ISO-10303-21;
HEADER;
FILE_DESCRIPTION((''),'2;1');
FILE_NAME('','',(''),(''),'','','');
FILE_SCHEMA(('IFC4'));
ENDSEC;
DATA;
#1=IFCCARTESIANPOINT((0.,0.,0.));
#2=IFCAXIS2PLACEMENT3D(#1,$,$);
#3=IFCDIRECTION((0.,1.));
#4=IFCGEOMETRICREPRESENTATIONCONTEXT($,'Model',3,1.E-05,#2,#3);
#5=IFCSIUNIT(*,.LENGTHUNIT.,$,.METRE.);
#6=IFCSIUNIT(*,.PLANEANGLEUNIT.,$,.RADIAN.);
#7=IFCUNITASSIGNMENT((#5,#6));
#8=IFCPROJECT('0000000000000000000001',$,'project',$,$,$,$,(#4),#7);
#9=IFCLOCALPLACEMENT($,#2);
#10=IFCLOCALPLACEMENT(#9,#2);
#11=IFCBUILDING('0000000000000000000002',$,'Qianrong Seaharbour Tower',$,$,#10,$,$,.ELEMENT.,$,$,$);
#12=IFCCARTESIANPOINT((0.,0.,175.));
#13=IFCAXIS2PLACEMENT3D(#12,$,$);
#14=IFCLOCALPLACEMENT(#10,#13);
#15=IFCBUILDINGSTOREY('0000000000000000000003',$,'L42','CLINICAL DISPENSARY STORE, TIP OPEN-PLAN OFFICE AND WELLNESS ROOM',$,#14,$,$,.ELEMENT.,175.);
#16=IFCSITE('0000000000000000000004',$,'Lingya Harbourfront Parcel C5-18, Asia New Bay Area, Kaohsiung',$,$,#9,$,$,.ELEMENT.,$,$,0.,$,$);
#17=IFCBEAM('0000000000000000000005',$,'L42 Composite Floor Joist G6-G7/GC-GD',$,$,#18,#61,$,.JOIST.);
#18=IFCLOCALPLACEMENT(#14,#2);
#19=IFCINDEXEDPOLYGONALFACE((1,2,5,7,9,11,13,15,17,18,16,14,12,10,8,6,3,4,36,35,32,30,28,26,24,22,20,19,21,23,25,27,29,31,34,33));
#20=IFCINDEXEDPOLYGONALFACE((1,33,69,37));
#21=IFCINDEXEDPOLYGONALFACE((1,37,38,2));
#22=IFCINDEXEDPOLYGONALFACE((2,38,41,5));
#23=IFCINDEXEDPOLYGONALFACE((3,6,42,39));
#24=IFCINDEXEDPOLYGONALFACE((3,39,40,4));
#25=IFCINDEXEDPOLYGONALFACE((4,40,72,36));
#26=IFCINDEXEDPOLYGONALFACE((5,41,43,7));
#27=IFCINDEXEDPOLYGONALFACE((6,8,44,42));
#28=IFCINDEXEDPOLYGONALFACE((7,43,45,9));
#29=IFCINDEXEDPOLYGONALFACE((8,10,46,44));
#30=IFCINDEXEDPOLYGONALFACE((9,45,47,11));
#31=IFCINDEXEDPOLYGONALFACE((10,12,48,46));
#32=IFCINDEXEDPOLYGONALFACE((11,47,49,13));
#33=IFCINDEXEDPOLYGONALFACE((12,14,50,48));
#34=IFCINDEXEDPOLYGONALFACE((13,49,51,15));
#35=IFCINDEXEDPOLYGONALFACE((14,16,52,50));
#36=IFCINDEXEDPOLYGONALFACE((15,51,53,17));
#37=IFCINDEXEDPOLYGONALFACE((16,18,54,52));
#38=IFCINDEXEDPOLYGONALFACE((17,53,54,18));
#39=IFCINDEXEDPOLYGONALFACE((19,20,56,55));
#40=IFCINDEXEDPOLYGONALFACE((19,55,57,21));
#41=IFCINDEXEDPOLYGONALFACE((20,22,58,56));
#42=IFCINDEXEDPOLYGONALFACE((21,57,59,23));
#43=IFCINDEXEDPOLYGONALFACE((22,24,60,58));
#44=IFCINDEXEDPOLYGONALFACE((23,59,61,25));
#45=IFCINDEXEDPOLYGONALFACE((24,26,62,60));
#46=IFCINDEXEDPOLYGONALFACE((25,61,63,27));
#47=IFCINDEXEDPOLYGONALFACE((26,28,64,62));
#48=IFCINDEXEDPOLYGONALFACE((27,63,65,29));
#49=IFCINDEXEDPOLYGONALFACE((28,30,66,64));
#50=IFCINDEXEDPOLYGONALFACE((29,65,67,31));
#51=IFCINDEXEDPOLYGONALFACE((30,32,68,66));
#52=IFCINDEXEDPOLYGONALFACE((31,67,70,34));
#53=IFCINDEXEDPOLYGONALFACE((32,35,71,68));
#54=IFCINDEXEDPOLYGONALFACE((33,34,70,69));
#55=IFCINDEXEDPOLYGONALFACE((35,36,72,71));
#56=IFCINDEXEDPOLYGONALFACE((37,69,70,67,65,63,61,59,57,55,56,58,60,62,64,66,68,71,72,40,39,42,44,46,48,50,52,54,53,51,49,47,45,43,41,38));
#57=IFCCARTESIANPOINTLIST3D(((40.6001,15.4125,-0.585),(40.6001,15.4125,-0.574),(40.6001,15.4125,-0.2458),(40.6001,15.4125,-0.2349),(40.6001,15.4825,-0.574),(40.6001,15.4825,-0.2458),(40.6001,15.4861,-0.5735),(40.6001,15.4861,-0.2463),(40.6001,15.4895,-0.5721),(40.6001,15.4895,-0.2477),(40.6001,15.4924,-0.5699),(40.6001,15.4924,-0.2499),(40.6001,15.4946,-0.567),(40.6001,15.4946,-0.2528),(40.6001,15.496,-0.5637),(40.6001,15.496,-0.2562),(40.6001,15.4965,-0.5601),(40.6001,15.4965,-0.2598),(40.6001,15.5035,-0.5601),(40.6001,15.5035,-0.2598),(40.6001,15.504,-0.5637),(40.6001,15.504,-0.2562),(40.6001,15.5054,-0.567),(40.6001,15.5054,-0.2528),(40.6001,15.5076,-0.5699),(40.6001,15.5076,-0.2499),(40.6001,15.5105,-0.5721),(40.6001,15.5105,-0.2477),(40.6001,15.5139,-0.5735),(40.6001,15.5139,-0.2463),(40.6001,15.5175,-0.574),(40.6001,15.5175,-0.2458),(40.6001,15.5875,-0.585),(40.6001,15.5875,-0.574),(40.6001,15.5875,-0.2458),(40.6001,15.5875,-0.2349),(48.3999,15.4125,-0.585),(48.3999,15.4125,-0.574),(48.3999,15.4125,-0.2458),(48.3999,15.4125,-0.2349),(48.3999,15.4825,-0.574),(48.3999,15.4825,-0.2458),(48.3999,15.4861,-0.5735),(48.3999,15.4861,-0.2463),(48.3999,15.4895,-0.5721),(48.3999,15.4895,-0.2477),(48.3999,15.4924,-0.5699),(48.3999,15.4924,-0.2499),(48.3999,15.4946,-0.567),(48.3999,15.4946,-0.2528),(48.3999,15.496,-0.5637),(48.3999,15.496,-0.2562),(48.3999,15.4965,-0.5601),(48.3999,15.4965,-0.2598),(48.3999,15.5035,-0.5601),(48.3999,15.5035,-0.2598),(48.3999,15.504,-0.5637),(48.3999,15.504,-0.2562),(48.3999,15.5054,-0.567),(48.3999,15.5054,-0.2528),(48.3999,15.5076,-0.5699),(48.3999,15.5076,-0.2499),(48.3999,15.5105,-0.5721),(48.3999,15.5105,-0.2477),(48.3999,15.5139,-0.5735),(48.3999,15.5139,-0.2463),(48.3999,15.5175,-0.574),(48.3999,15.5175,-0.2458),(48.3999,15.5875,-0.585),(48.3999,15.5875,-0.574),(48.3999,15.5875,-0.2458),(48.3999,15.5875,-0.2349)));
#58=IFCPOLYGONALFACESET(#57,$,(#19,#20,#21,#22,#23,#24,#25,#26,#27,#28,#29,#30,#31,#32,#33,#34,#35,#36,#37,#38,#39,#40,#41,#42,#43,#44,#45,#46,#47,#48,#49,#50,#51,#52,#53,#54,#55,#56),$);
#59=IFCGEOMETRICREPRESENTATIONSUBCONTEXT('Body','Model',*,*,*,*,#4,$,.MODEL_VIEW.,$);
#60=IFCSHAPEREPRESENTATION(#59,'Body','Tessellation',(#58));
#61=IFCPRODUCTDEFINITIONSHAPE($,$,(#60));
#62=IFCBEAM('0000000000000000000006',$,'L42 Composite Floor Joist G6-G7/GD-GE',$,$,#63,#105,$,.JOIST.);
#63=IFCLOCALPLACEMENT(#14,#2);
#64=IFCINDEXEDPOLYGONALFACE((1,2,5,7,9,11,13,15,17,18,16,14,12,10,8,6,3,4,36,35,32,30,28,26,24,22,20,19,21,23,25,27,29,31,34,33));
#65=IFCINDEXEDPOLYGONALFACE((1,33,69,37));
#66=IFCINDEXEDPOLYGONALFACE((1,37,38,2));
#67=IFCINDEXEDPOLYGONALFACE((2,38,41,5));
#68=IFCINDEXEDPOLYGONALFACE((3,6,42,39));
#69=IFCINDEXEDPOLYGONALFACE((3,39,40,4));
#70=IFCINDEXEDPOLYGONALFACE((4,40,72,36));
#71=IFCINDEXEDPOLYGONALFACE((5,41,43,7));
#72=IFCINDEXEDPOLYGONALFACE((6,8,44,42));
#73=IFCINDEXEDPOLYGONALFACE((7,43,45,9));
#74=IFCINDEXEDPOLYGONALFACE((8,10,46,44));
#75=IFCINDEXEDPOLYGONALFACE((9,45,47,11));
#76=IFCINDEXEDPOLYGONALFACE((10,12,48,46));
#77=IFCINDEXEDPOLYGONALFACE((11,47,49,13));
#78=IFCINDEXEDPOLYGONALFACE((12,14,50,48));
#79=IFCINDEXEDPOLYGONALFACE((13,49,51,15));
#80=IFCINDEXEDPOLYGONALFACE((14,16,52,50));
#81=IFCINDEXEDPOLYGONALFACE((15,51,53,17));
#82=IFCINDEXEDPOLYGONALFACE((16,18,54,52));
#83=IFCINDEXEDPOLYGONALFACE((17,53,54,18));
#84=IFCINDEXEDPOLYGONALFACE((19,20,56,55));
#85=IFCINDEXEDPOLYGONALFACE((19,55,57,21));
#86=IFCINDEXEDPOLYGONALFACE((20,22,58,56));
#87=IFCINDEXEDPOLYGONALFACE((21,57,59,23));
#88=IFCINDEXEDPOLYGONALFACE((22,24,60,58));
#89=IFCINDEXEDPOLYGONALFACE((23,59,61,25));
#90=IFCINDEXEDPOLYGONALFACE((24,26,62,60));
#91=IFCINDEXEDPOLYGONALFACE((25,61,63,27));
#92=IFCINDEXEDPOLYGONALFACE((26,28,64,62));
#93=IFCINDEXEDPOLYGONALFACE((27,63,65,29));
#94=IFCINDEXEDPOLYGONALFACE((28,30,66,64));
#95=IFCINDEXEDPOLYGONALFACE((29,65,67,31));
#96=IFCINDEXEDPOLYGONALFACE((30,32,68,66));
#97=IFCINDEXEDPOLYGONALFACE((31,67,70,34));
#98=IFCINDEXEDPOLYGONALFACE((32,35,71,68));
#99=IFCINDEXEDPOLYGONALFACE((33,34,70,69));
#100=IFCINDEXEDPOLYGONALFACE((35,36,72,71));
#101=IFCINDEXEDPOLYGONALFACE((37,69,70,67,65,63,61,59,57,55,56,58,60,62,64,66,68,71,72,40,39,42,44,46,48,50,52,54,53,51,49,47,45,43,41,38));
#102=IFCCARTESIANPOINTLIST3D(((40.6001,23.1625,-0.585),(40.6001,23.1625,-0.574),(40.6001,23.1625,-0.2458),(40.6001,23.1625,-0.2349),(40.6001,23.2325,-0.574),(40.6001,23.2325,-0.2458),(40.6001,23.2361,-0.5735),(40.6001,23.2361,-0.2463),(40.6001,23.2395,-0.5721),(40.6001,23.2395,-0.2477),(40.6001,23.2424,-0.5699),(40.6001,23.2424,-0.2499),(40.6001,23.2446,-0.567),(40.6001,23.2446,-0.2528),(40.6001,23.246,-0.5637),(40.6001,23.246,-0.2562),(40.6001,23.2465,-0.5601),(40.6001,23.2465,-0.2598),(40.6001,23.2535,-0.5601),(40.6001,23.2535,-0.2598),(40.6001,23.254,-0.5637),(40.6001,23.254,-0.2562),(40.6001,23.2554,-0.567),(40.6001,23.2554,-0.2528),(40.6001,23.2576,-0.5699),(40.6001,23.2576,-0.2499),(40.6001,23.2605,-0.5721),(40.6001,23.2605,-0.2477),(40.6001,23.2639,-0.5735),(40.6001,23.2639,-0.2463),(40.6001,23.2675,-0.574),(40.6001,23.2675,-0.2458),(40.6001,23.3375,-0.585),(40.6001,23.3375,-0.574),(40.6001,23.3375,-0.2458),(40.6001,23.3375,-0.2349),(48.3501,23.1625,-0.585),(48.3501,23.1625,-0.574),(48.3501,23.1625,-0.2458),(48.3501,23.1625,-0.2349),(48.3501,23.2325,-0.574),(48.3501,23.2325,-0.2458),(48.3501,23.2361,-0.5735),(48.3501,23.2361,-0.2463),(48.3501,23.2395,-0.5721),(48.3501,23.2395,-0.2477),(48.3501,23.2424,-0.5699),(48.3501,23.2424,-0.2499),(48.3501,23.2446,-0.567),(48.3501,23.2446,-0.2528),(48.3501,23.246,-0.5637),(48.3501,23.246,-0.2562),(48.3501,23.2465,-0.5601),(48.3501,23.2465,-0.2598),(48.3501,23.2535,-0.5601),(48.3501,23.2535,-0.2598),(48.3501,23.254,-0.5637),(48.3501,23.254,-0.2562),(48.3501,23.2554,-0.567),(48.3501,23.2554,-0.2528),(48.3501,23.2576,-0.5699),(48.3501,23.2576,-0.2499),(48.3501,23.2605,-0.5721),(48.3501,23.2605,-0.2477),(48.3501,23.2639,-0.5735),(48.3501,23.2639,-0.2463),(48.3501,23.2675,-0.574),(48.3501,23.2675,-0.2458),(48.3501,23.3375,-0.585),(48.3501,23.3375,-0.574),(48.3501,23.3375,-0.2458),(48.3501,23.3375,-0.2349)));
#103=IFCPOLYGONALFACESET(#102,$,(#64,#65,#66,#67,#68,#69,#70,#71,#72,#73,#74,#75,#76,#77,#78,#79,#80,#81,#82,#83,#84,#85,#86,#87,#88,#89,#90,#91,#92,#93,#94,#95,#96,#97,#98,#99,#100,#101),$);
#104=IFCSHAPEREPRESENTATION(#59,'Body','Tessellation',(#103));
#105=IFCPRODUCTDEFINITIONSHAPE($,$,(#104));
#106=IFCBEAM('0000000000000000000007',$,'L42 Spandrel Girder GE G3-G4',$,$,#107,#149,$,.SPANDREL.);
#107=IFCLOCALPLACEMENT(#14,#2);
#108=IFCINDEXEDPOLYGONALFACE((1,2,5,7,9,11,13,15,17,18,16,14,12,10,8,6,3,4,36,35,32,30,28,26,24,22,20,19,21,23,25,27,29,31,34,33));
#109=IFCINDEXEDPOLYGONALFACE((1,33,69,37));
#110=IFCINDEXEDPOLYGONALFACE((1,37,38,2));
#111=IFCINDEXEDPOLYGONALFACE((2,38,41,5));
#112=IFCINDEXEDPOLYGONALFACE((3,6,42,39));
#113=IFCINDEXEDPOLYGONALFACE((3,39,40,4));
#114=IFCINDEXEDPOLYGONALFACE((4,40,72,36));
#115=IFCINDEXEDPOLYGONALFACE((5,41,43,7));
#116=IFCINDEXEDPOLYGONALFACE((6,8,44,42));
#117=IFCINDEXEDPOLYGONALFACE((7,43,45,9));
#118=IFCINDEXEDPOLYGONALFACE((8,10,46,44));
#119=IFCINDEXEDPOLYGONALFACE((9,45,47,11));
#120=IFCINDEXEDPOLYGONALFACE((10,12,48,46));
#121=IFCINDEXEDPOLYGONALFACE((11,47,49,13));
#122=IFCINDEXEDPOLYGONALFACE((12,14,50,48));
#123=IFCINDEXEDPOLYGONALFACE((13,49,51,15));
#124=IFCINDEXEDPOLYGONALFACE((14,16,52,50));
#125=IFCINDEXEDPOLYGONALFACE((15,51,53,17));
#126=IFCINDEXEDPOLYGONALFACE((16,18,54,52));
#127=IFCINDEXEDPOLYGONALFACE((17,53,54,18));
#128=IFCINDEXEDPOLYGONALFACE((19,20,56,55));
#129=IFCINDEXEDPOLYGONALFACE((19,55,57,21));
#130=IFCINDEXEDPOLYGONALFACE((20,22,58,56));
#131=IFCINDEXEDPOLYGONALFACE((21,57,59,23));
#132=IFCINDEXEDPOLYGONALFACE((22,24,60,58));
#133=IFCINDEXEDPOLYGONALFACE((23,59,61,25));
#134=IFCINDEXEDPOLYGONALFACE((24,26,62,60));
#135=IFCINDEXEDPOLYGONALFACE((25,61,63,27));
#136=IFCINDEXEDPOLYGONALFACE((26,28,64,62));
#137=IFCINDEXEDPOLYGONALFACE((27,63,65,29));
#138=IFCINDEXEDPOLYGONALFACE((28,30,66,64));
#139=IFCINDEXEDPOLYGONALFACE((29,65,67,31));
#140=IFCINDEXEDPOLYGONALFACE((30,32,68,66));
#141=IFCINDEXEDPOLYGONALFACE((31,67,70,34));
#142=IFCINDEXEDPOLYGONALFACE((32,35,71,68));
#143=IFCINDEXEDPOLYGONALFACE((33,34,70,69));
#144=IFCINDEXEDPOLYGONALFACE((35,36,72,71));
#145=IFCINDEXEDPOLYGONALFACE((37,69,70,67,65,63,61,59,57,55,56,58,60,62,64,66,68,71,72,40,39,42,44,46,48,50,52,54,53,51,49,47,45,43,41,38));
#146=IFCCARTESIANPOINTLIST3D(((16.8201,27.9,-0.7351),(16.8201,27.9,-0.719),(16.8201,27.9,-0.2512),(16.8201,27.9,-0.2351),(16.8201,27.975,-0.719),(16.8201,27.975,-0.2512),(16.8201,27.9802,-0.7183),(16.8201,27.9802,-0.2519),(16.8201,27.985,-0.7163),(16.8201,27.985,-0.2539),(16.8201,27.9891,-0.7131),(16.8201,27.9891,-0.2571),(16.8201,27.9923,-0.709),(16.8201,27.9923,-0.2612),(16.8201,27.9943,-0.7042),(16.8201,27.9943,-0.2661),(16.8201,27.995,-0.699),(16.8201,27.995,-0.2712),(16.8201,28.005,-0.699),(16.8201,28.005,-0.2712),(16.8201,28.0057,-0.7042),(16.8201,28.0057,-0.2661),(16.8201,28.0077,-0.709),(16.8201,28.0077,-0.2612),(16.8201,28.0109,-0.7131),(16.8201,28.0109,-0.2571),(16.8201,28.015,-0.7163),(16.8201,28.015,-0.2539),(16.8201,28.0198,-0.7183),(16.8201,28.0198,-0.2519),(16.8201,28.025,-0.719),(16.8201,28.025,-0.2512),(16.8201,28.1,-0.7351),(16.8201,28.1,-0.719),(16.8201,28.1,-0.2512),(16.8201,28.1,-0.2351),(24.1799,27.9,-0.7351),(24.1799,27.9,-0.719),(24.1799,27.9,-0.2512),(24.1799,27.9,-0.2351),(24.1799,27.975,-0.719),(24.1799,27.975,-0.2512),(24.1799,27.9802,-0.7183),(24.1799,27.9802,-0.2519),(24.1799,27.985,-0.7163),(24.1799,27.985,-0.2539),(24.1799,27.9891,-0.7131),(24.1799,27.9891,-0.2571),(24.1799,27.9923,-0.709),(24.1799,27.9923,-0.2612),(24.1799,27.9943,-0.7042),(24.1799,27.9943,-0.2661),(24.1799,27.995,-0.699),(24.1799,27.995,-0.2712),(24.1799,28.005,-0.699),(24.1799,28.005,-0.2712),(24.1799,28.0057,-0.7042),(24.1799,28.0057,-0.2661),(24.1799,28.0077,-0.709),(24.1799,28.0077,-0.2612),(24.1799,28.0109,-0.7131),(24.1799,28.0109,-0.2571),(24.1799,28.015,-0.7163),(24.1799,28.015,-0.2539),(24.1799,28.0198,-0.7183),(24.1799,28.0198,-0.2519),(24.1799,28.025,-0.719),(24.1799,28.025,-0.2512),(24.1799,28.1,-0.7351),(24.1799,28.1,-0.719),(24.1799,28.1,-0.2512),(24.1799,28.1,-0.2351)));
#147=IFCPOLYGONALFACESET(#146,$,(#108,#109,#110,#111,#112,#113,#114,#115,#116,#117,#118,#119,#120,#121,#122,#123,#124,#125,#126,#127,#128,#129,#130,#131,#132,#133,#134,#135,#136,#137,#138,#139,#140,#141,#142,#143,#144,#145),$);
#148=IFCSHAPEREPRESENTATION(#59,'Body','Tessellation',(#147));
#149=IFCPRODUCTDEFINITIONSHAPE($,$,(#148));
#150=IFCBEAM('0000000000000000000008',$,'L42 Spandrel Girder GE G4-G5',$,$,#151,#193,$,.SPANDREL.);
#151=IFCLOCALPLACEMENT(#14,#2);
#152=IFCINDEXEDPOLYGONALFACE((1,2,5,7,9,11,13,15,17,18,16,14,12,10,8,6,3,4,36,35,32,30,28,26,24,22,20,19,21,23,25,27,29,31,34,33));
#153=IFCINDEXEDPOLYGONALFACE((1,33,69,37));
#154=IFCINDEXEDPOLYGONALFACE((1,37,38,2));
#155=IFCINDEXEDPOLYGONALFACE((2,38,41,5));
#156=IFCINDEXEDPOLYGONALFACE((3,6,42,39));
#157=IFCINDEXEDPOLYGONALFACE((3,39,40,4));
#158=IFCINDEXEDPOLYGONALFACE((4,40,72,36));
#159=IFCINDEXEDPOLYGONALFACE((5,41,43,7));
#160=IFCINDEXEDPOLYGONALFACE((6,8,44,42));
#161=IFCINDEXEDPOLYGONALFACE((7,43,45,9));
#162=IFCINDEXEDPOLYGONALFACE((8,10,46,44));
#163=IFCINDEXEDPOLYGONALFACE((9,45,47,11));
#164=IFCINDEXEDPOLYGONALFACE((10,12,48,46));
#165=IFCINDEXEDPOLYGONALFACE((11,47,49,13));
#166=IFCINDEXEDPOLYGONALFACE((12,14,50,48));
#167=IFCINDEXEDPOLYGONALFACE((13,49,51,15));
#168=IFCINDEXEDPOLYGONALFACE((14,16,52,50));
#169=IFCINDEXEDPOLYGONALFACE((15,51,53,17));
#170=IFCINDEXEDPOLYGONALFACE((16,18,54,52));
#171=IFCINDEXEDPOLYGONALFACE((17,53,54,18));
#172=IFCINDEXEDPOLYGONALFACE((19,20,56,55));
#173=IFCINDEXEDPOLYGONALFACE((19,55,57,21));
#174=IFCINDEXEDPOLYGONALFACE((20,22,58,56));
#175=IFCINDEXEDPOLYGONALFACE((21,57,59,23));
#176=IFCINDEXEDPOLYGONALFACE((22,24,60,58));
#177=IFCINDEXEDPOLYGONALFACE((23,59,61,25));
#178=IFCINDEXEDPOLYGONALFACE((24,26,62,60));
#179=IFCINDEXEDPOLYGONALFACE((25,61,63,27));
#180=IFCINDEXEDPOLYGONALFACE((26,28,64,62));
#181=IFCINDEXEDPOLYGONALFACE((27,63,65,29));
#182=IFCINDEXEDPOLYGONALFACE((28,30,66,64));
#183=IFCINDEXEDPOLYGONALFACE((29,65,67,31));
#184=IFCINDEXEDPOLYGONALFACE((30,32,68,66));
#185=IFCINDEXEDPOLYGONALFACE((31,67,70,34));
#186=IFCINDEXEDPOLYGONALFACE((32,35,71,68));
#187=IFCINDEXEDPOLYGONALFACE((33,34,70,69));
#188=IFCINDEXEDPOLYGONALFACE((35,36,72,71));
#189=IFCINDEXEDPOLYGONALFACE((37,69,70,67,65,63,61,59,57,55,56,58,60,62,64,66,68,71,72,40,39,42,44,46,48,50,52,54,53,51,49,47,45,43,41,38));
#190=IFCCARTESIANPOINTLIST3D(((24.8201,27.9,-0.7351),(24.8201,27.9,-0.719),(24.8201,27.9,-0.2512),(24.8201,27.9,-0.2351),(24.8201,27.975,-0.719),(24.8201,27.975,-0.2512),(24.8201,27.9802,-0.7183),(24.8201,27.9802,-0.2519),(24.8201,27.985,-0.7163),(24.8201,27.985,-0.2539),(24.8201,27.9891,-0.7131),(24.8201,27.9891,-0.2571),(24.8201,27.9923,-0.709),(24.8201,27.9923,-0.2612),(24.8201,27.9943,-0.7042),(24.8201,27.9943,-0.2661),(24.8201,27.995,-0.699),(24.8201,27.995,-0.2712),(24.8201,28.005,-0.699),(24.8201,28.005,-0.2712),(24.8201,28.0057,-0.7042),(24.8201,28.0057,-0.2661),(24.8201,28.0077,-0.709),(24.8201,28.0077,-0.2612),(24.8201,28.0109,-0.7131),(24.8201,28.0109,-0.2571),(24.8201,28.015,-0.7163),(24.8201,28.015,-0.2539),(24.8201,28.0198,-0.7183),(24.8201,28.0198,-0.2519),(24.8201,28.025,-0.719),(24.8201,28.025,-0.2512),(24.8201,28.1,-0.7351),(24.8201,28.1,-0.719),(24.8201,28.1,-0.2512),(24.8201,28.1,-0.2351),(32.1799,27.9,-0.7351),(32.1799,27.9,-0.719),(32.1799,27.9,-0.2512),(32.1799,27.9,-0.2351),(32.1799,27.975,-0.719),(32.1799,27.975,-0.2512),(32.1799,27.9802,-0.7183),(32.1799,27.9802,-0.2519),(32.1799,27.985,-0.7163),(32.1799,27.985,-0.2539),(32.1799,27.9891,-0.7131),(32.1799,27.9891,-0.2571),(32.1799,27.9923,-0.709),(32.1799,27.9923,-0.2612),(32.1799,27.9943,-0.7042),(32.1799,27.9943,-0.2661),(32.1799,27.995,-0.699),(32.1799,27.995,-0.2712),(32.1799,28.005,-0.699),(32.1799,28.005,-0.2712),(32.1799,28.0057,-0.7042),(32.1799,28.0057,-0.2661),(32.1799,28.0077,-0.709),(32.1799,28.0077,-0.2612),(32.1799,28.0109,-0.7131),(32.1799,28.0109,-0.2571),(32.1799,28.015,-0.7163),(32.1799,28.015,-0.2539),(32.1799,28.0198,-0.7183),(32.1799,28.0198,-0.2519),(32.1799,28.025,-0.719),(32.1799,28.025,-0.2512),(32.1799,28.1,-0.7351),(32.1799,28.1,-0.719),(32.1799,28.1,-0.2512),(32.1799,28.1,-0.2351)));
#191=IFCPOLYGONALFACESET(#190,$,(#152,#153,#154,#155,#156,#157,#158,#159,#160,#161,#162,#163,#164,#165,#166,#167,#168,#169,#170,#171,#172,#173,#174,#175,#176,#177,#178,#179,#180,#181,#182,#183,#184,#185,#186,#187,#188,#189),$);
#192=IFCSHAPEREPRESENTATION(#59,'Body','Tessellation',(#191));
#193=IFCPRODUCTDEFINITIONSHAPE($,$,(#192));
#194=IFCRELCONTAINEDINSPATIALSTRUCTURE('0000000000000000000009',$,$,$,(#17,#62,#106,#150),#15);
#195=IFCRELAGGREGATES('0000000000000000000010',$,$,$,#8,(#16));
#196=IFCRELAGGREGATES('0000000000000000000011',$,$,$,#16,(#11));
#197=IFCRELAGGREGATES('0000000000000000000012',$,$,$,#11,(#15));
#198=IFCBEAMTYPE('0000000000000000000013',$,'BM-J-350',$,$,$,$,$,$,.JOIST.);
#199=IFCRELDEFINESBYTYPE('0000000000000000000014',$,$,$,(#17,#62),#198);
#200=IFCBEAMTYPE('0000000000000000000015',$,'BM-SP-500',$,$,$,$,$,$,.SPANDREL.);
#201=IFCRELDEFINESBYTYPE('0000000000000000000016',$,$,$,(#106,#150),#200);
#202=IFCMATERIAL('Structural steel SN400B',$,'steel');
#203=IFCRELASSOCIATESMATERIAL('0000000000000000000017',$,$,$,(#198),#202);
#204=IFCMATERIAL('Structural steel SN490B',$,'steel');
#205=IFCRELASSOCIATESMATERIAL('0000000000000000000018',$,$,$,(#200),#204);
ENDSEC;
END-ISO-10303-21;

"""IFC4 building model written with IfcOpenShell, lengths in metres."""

from ifc_helpers import new_model, si_unit, direction, frame, origin, origin_2d, place, context, subcontext, project, spatial, i_section, extrude, material, material_profile, profile_set, type_object, element, save


model = new_model("IFC4")

# Units and contexts
model_context = context("Model", 3, precision=1e-05, world=origin(), true_north=direction((0.0, 1.0)))
body_context = subcontext(model_context, "Body", "Model", "MODEL_VIEW")
ifc_project = project(units=[si_unit("LENGTHUNIT", "METRE"), si_unit("PLANEANGLEUNIT", "RADIAN")], contexts=[model_context])

# Site, building, storey
site_placement = place(None, origin())
site = spatial("IfcSite", under=ifc_project, at=site_placement, Name="Lingya Harbourfront Parcel C5-18, Asia New Bay Area, Kaohsiung", CompositionType="ELEMENT", RefElevation=0.0)
building_placement = place(site_placement, origin())
building = spatial("IfcBuilding", under=site, at=building_placement, Name="Qianrong Seaharbour Tower", CompositionType="ELEMENT")
storey_placement = place(building_placement, frame((0.0, 0.0, 175.0)))
storey = spatial("IfcBuildingStorey", under=building, at=storey_placement, Name="L42", Description="CLINICAL DISPENSARY STORE, TIP OPEN-PLAN OFFICE AND WELLNESS ROOM", CompositionType="ELEMENT", Elevation=175.0)

# Shared definitions
ifc_material_1 = material(Name="Structural steel SN490B", Category="steel")

# Beams
ifc_material_2 = material(Name="Structural steel SN400B", Category="steel")
ifc_material_profile_1 = material_profile(ifc_material_2, i_section(OverallWidth=0.175, OverallDepth=0.3501, WebThickness=0.0071, FlangeThickness=0.011, FilletRadius=0.0139, at=origin_2d()), Name="H350x175x7x11")
ifc_profile_set_1 = profile_set([ifc_material_profile_1], Name="Structural steel SN400B")
beam_type_1 = type_object("IfcBeamType", Name="BM-J-350", PredefinedType="JOIST", material=ifc_profile_set_1)
beam_1_placement = place(storey_placement, frame((40.6001, 15.5, -0.4099), z_axis=(1.0, 0.0, 0.0), x_axis=(0.0, 1.0, 0.0)))
element("IfcBeam", 1, at=beam_1_placement, inside=storey, type_object=beam_type_1, Name="L42 Composite Floor Joist G6-G7/GC-GD", PredefinedType="JOIST", context=body_context, shape_type="SweptSolid", body=[
    extrude(i_section(OverallWidth=0.175, OverallDepth=0.3501, WebThickness=0.0071, FlangeThickness=0.011, FilletRadius=0.0139, at=origin_2d()), origin(), (0.0, 0.0, 1.0), 7.7998),
])
beam_2_placement = place(storey_placement, frame((40.6001, 23.25, -0.4099), z_axis=(1.0, 0.0, 0.0), x_axis=(0.0, 1.0, 0.0)))
element("IfcBeam", 2, at=beam_2_placement, inside=storey, type_object=beam_type_1, Name="L42 Composite Floor Joist G6-G7/GD-GE", PredefinedType="JOIST", context=body_context, shape_type="SweptSolid", body=[
    extrude(i_section(OverallWidth=0.175, OverallDepth=0.3501, WebThickness=0.0071, FlangeThickness=0.011, FilletRadius=0.0139, at=origin_2d()), origin(), (0.0, 0.0, 1.0), 7.75),
])
ifc_material_profile_2 = material_profile(ifc_material_1, i_section(OverallWidth=0.2, OverallDepth=0.5, WebThickness=0.01, FlangeThickness=0.0161, FilletRadius=0.02, at=origin_2d()), Name="H500x200x10x16")
ifc_profile_set_2 = profile_set([ifc_material_profile_2], Name="Structural steel SN490B")
beam_type_2 = type_object("IfcBeamType", Name="BM-SP-500", PredefinedType="SPANDREL", material=ifc_profile_set_2)
for number, where, z_axis, x_axis, name in (
    (3, (16.8201, 28.0, -0.4851), (1.0, 0.0, 0.0), (0.0, 1.0, 0.0), "L42 Spandrel Girder GE G3-G4"),
    (4, (24.8201, 28.0, -0.4851), (1.0, 0.0, 0.0), (0.0, 1.0, 0.0), "L42 Spandrel Girder GE G4-G5"),
):
    element("IfcBeam", number, at=place(storey_placement, frame(where, z_axis=z_axis, x_axis=x_axis)), inside=storey, type_object=beam_type_2, Name=name, PredefinedType="SPANDREL", context=body_context, shape_type="SweptSolid", body=[
        extrude(i_section(OverallWidth=0.2, OverallDepth=0.5, WebThickness=0.01, FlangeThickness=0.0161, FilletRadius=0.02, at=origin_2d()), origin(), (0.0, 0.0, 1.0), 7.3599),
    ])

save(model, "model.ifc")
